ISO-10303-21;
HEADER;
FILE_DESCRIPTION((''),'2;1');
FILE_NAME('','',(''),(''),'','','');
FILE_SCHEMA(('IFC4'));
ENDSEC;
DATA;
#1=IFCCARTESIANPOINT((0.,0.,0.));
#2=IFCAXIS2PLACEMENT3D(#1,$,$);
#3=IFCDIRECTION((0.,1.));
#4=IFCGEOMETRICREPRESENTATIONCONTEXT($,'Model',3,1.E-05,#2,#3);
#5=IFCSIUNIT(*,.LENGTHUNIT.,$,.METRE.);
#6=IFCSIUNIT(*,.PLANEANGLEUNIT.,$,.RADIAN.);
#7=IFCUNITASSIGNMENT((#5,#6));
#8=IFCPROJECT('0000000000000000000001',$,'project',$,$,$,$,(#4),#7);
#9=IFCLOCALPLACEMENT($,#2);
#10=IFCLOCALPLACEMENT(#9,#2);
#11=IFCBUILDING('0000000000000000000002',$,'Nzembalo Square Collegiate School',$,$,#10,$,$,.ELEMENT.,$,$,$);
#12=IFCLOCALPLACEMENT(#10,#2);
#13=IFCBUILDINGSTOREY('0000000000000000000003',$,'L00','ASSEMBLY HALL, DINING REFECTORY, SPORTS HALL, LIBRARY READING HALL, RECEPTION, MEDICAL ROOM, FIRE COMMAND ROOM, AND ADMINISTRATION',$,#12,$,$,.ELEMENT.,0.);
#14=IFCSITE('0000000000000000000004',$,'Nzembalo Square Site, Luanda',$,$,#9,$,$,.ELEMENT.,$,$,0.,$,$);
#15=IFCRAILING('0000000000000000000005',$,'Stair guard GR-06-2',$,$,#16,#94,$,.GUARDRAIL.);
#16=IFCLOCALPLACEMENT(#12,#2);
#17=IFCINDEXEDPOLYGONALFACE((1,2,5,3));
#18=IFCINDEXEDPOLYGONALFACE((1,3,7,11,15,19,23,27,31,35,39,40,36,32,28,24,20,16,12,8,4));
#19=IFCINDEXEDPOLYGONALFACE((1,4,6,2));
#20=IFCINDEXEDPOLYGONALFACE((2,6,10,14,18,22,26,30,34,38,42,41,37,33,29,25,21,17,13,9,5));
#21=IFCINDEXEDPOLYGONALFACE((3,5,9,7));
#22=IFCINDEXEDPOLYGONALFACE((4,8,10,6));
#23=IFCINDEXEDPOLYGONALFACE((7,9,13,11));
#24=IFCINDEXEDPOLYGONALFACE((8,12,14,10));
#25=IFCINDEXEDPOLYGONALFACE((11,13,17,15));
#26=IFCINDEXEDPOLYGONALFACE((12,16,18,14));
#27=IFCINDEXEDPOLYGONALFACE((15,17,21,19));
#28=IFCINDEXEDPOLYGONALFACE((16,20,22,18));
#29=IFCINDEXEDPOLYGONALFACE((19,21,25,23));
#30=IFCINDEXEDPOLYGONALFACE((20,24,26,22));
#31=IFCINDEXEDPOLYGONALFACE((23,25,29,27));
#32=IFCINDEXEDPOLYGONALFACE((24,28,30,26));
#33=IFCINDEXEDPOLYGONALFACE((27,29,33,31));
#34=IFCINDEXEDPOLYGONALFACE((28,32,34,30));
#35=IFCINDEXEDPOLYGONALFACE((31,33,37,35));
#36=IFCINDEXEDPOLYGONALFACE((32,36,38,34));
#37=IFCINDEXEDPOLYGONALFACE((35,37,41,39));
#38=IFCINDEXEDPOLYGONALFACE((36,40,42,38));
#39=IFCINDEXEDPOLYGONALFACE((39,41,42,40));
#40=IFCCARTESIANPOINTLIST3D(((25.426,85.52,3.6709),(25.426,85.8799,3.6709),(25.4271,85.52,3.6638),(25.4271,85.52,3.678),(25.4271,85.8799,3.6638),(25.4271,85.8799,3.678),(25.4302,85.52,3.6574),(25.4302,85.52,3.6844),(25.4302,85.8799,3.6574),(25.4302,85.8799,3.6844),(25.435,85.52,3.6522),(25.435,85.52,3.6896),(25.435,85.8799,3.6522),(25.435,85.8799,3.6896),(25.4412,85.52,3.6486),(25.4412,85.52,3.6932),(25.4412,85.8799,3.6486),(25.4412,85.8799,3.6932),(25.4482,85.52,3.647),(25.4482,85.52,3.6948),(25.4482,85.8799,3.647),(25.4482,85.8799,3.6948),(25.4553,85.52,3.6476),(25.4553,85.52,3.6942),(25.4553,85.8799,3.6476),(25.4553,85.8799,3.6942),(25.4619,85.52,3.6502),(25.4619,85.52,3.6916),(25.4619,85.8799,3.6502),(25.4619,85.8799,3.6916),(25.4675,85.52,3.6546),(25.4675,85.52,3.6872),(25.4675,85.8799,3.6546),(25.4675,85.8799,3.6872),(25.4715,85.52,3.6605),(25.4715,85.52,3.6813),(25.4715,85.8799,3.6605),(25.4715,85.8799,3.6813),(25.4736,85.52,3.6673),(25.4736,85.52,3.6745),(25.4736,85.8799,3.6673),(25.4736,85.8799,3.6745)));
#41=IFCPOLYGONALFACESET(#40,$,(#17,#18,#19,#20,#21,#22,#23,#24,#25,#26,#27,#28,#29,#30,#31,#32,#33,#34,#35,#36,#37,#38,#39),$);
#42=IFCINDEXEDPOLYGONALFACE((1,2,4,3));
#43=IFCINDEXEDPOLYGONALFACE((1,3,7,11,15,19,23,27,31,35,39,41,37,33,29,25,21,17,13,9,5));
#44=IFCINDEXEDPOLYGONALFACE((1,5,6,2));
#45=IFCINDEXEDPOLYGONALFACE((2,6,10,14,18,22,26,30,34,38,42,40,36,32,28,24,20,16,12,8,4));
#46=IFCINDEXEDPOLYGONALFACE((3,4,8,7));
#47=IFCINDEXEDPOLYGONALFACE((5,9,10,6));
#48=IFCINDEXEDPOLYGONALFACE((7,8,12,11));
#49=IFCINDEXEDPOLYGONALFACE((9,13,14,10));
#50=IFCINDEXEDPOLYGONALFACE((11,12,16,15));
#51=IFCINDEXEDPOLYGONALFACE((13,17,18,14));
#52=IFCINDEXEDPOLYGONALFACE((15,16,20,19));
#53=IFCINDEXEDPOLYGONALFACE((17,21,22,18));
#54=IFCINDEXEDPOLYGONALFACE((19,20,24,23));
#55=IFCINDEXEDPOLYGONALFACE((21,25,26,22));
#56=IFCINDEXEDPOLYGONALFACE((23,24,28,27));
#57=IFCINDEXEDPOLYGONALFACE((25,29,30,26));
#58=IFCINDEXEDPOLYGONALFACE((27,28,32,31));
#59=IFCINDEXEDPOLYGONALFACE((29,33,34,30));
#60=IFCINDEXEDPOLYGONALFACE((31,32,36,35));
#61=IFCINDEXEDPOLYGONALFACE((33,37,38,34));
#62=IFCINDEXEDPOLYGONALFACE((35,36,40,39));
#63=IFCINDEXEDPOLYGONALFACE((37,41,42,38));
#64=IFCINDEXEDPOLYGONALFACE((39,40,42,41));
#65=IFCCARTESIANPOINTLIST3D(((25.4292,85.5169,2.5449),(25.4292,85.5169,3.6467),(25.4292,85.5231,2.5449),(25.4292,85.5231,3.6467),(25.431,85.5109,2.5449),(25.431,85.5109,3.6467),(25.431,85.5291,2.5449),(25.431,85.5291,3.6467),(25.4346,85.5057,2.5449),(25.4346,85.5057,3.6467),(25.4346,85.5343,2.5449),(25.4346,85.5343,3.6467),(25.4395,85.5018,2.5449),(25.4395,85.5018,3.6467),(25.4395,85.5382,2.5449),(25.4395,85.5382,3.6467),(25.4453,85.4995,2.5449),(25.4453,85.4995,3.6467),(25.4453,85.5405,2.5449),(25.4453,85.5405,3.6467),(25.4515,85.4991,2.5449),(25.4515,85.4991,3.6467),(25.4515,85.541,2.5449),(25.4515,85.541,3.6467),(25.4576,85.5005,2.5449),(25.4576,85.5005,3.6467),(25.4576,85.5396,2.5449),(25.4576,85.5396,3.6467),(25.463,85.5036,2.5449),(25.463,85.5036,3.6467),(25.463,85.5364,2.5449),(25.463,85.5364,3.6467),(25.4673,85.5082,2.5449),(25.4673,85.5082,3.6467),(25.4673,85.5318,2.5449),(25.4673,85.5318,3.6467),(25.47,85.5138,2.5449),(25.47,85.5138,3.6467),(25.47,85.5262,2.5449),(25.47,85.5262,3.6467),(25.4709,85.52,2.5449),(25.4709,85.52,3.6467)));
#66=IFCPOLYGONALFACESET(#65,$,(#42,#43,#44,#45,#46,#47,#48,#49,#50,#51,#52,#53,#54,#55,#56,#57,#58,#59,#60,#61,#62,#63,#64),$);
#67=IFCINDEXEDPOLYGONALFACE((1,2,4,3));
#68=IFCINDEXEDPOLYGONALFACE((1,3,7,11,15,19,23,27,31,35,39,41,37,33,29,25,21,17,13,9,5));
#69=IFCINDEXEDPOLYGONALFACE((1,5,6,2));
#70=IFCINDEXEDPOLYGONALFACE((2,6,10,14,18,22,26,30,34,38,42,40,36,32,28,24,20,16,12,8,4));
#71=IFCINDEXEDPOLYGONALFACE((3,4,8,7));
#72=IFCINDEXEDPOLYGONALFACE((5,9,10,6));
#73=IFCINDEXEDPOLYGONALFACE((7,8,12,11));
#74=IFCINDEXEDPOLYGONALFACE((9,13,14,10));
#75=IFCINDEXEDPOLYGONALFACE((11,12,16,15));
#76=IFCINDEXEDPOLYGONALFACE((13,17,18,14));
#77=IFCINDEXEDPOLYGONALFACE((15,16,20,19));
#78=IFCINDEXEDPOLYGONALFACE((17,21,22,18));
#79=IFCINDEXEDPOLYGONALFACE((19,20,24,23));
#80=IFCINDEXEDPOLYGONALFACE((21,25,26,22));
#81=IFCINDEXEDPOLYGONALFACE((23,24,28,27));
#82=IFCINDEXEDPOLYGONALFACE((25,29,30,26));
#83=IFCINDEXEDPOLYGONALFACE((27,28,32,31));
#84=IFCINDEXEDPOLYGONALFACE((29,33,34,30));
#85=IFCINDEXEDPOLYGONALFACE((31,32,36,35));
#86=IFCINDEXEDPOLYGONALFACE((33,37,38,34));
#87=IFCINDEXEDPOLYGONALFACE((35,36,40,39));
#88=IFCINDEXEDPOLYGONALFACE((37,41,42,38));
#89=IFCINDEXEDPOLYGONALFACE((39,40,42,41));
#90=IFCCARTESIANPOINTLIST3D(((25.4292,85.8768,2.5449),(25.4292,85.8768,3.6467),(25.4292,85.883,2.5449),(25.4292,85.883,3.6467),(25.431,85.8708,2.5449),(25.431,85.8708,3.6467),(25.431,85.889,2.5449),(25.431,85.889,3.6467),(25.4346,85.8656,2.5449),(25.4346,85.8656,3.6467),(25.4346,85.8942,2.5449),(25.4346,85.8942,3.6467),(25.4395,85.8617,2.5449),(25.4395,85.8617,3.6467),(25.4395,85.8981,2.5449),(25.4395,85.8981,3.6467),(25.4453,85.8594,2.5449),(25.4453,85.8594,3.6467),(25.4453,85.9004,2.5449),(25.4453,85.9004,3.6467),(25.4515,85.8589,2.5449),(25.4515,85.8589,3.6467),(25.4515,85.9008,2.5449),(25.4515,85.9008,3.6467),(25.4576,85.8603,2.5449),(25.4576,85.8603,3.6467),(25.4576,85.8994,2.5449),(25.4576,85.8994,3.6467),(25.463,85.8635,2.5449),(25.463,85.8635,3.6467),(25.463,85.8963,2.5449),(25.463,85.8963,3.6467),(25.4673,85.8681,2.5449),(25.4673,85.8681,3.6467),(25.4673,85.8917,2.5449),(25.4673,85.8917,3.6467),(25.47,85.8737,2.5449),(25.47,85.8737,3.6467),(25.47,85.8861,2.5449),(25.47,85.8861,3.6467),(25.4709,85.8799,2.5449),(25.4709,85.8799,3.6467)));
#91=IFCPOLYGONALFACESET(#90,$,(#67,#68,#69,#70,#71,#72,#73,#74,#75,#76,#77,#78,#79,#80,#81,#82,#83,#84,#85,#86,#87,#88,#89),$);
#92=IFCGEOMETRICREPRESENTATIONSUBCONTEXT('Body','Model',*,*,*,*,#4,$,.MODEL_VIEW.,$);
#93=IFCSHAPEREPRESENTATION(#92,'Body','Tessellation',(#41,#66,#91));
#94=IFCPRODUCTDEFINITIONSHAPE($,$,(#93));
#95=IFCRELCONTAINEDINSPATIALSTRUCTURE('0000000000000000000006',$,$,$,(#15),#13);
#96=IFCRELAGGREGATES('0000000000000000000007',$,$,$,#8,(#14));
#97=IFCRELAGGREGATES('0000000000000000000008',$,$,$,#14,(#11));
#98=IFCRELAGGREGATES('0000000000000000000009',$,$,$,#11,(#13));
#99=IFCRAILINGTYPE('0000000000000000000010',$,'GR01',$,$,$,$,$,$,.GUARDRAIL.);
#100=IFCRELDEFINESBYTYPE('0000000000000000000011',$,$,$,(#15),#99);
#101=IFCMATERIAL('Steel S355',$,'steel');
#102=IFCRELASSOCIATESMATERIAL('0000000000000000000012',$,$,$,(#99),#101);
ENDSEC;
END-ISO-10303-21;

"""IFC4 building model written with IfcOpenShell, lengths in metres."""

from ifc_helpers import new_model, si_unit, direction, frame, origin, origin_2d, place, context, subcontext, project, spatial, circle, extrude, material, type_object, element, save


model = new_model("IFC4")

# Units and contexts
model_context = context("Model", 3, precision=1e-05, world=origin(), true_north=direction((0.0, 1.0)))
body_context = subcontext(model_context, "Body", "Model", "MODEL_VIEW")
ifc_project = project(units=[si_unit("LENGTHUNIT", "METRE"), si_unit("PLANEANGLEUNIT", "RADIAN")], contexts=[model_context])

# Site, building, storey
site_placement = place(None, origin())
site = spatial("IfcSite", under=ifc_project, at=site_placement, Name="Nzembalo Square Site, Luanda", CompositionType="ELEMENT", RefElevation=0.0)
building_placement = place(site_placement, origin())
building = spatial("IfcBuilding", under=site, at=building_placement, Name="Nzembalo Square Collegiate School", CompositionType="ELEMENT")
storey_placement = place(building_placement, origin())
storey = spatial("IfcBuildingStorey", under=building, at=storey_placement, Name="L00", Description="ASSEMBLY HALL, DINING REFECTORY, SPORTS HALL, LIBRARY READING HALL, RECEPTION, MEDICAL ROOM, FIRE COMMAND ROOM, AND ADMINISTRATION", CompositionType="ELEMENT", Elevation=0.0)

# Railing
ifc_material_1 = material(Name="Steel S355", Category="steel")
railing_type_1 = type_object("IfcRailingType", Name="GR01", PredefinedType="GUARDRAIL", material=ifc_material_1)
railing_1_placement = place(storey_placement, frame((25.45, 85.52, 2.5449)))
element("IfcRailing", 1, at=railing_1_placement, inside=storey, type_object=railing_type_1, Name="Stair guard GR-06-2", PredefinedType="GUARDRAIL", context=body_context, shape_type="SweptSolid", body=[
    extrude(circle(Radius=0.0239, at=origin_2d()), frame((0.0, 0.0, 1.126), z_axis=(0.0, 1.0, 0.0), x_axis=(-1.0, 0.0, 0.0)), (0.0, 0.0, 1.0), 0.3599),
    extrude(circle(Radius=0.021, at=origin_2d()), origin(), (0.0, 0.0, 1.0), 1.1018),
    extrude(circle(Radius=0.021, at=origin_2d()), frame((0.0, 0.3599, 0.0)), (0.0, 0.0, 1.0), 1.1018),
])

save(model, "model.ifc")
